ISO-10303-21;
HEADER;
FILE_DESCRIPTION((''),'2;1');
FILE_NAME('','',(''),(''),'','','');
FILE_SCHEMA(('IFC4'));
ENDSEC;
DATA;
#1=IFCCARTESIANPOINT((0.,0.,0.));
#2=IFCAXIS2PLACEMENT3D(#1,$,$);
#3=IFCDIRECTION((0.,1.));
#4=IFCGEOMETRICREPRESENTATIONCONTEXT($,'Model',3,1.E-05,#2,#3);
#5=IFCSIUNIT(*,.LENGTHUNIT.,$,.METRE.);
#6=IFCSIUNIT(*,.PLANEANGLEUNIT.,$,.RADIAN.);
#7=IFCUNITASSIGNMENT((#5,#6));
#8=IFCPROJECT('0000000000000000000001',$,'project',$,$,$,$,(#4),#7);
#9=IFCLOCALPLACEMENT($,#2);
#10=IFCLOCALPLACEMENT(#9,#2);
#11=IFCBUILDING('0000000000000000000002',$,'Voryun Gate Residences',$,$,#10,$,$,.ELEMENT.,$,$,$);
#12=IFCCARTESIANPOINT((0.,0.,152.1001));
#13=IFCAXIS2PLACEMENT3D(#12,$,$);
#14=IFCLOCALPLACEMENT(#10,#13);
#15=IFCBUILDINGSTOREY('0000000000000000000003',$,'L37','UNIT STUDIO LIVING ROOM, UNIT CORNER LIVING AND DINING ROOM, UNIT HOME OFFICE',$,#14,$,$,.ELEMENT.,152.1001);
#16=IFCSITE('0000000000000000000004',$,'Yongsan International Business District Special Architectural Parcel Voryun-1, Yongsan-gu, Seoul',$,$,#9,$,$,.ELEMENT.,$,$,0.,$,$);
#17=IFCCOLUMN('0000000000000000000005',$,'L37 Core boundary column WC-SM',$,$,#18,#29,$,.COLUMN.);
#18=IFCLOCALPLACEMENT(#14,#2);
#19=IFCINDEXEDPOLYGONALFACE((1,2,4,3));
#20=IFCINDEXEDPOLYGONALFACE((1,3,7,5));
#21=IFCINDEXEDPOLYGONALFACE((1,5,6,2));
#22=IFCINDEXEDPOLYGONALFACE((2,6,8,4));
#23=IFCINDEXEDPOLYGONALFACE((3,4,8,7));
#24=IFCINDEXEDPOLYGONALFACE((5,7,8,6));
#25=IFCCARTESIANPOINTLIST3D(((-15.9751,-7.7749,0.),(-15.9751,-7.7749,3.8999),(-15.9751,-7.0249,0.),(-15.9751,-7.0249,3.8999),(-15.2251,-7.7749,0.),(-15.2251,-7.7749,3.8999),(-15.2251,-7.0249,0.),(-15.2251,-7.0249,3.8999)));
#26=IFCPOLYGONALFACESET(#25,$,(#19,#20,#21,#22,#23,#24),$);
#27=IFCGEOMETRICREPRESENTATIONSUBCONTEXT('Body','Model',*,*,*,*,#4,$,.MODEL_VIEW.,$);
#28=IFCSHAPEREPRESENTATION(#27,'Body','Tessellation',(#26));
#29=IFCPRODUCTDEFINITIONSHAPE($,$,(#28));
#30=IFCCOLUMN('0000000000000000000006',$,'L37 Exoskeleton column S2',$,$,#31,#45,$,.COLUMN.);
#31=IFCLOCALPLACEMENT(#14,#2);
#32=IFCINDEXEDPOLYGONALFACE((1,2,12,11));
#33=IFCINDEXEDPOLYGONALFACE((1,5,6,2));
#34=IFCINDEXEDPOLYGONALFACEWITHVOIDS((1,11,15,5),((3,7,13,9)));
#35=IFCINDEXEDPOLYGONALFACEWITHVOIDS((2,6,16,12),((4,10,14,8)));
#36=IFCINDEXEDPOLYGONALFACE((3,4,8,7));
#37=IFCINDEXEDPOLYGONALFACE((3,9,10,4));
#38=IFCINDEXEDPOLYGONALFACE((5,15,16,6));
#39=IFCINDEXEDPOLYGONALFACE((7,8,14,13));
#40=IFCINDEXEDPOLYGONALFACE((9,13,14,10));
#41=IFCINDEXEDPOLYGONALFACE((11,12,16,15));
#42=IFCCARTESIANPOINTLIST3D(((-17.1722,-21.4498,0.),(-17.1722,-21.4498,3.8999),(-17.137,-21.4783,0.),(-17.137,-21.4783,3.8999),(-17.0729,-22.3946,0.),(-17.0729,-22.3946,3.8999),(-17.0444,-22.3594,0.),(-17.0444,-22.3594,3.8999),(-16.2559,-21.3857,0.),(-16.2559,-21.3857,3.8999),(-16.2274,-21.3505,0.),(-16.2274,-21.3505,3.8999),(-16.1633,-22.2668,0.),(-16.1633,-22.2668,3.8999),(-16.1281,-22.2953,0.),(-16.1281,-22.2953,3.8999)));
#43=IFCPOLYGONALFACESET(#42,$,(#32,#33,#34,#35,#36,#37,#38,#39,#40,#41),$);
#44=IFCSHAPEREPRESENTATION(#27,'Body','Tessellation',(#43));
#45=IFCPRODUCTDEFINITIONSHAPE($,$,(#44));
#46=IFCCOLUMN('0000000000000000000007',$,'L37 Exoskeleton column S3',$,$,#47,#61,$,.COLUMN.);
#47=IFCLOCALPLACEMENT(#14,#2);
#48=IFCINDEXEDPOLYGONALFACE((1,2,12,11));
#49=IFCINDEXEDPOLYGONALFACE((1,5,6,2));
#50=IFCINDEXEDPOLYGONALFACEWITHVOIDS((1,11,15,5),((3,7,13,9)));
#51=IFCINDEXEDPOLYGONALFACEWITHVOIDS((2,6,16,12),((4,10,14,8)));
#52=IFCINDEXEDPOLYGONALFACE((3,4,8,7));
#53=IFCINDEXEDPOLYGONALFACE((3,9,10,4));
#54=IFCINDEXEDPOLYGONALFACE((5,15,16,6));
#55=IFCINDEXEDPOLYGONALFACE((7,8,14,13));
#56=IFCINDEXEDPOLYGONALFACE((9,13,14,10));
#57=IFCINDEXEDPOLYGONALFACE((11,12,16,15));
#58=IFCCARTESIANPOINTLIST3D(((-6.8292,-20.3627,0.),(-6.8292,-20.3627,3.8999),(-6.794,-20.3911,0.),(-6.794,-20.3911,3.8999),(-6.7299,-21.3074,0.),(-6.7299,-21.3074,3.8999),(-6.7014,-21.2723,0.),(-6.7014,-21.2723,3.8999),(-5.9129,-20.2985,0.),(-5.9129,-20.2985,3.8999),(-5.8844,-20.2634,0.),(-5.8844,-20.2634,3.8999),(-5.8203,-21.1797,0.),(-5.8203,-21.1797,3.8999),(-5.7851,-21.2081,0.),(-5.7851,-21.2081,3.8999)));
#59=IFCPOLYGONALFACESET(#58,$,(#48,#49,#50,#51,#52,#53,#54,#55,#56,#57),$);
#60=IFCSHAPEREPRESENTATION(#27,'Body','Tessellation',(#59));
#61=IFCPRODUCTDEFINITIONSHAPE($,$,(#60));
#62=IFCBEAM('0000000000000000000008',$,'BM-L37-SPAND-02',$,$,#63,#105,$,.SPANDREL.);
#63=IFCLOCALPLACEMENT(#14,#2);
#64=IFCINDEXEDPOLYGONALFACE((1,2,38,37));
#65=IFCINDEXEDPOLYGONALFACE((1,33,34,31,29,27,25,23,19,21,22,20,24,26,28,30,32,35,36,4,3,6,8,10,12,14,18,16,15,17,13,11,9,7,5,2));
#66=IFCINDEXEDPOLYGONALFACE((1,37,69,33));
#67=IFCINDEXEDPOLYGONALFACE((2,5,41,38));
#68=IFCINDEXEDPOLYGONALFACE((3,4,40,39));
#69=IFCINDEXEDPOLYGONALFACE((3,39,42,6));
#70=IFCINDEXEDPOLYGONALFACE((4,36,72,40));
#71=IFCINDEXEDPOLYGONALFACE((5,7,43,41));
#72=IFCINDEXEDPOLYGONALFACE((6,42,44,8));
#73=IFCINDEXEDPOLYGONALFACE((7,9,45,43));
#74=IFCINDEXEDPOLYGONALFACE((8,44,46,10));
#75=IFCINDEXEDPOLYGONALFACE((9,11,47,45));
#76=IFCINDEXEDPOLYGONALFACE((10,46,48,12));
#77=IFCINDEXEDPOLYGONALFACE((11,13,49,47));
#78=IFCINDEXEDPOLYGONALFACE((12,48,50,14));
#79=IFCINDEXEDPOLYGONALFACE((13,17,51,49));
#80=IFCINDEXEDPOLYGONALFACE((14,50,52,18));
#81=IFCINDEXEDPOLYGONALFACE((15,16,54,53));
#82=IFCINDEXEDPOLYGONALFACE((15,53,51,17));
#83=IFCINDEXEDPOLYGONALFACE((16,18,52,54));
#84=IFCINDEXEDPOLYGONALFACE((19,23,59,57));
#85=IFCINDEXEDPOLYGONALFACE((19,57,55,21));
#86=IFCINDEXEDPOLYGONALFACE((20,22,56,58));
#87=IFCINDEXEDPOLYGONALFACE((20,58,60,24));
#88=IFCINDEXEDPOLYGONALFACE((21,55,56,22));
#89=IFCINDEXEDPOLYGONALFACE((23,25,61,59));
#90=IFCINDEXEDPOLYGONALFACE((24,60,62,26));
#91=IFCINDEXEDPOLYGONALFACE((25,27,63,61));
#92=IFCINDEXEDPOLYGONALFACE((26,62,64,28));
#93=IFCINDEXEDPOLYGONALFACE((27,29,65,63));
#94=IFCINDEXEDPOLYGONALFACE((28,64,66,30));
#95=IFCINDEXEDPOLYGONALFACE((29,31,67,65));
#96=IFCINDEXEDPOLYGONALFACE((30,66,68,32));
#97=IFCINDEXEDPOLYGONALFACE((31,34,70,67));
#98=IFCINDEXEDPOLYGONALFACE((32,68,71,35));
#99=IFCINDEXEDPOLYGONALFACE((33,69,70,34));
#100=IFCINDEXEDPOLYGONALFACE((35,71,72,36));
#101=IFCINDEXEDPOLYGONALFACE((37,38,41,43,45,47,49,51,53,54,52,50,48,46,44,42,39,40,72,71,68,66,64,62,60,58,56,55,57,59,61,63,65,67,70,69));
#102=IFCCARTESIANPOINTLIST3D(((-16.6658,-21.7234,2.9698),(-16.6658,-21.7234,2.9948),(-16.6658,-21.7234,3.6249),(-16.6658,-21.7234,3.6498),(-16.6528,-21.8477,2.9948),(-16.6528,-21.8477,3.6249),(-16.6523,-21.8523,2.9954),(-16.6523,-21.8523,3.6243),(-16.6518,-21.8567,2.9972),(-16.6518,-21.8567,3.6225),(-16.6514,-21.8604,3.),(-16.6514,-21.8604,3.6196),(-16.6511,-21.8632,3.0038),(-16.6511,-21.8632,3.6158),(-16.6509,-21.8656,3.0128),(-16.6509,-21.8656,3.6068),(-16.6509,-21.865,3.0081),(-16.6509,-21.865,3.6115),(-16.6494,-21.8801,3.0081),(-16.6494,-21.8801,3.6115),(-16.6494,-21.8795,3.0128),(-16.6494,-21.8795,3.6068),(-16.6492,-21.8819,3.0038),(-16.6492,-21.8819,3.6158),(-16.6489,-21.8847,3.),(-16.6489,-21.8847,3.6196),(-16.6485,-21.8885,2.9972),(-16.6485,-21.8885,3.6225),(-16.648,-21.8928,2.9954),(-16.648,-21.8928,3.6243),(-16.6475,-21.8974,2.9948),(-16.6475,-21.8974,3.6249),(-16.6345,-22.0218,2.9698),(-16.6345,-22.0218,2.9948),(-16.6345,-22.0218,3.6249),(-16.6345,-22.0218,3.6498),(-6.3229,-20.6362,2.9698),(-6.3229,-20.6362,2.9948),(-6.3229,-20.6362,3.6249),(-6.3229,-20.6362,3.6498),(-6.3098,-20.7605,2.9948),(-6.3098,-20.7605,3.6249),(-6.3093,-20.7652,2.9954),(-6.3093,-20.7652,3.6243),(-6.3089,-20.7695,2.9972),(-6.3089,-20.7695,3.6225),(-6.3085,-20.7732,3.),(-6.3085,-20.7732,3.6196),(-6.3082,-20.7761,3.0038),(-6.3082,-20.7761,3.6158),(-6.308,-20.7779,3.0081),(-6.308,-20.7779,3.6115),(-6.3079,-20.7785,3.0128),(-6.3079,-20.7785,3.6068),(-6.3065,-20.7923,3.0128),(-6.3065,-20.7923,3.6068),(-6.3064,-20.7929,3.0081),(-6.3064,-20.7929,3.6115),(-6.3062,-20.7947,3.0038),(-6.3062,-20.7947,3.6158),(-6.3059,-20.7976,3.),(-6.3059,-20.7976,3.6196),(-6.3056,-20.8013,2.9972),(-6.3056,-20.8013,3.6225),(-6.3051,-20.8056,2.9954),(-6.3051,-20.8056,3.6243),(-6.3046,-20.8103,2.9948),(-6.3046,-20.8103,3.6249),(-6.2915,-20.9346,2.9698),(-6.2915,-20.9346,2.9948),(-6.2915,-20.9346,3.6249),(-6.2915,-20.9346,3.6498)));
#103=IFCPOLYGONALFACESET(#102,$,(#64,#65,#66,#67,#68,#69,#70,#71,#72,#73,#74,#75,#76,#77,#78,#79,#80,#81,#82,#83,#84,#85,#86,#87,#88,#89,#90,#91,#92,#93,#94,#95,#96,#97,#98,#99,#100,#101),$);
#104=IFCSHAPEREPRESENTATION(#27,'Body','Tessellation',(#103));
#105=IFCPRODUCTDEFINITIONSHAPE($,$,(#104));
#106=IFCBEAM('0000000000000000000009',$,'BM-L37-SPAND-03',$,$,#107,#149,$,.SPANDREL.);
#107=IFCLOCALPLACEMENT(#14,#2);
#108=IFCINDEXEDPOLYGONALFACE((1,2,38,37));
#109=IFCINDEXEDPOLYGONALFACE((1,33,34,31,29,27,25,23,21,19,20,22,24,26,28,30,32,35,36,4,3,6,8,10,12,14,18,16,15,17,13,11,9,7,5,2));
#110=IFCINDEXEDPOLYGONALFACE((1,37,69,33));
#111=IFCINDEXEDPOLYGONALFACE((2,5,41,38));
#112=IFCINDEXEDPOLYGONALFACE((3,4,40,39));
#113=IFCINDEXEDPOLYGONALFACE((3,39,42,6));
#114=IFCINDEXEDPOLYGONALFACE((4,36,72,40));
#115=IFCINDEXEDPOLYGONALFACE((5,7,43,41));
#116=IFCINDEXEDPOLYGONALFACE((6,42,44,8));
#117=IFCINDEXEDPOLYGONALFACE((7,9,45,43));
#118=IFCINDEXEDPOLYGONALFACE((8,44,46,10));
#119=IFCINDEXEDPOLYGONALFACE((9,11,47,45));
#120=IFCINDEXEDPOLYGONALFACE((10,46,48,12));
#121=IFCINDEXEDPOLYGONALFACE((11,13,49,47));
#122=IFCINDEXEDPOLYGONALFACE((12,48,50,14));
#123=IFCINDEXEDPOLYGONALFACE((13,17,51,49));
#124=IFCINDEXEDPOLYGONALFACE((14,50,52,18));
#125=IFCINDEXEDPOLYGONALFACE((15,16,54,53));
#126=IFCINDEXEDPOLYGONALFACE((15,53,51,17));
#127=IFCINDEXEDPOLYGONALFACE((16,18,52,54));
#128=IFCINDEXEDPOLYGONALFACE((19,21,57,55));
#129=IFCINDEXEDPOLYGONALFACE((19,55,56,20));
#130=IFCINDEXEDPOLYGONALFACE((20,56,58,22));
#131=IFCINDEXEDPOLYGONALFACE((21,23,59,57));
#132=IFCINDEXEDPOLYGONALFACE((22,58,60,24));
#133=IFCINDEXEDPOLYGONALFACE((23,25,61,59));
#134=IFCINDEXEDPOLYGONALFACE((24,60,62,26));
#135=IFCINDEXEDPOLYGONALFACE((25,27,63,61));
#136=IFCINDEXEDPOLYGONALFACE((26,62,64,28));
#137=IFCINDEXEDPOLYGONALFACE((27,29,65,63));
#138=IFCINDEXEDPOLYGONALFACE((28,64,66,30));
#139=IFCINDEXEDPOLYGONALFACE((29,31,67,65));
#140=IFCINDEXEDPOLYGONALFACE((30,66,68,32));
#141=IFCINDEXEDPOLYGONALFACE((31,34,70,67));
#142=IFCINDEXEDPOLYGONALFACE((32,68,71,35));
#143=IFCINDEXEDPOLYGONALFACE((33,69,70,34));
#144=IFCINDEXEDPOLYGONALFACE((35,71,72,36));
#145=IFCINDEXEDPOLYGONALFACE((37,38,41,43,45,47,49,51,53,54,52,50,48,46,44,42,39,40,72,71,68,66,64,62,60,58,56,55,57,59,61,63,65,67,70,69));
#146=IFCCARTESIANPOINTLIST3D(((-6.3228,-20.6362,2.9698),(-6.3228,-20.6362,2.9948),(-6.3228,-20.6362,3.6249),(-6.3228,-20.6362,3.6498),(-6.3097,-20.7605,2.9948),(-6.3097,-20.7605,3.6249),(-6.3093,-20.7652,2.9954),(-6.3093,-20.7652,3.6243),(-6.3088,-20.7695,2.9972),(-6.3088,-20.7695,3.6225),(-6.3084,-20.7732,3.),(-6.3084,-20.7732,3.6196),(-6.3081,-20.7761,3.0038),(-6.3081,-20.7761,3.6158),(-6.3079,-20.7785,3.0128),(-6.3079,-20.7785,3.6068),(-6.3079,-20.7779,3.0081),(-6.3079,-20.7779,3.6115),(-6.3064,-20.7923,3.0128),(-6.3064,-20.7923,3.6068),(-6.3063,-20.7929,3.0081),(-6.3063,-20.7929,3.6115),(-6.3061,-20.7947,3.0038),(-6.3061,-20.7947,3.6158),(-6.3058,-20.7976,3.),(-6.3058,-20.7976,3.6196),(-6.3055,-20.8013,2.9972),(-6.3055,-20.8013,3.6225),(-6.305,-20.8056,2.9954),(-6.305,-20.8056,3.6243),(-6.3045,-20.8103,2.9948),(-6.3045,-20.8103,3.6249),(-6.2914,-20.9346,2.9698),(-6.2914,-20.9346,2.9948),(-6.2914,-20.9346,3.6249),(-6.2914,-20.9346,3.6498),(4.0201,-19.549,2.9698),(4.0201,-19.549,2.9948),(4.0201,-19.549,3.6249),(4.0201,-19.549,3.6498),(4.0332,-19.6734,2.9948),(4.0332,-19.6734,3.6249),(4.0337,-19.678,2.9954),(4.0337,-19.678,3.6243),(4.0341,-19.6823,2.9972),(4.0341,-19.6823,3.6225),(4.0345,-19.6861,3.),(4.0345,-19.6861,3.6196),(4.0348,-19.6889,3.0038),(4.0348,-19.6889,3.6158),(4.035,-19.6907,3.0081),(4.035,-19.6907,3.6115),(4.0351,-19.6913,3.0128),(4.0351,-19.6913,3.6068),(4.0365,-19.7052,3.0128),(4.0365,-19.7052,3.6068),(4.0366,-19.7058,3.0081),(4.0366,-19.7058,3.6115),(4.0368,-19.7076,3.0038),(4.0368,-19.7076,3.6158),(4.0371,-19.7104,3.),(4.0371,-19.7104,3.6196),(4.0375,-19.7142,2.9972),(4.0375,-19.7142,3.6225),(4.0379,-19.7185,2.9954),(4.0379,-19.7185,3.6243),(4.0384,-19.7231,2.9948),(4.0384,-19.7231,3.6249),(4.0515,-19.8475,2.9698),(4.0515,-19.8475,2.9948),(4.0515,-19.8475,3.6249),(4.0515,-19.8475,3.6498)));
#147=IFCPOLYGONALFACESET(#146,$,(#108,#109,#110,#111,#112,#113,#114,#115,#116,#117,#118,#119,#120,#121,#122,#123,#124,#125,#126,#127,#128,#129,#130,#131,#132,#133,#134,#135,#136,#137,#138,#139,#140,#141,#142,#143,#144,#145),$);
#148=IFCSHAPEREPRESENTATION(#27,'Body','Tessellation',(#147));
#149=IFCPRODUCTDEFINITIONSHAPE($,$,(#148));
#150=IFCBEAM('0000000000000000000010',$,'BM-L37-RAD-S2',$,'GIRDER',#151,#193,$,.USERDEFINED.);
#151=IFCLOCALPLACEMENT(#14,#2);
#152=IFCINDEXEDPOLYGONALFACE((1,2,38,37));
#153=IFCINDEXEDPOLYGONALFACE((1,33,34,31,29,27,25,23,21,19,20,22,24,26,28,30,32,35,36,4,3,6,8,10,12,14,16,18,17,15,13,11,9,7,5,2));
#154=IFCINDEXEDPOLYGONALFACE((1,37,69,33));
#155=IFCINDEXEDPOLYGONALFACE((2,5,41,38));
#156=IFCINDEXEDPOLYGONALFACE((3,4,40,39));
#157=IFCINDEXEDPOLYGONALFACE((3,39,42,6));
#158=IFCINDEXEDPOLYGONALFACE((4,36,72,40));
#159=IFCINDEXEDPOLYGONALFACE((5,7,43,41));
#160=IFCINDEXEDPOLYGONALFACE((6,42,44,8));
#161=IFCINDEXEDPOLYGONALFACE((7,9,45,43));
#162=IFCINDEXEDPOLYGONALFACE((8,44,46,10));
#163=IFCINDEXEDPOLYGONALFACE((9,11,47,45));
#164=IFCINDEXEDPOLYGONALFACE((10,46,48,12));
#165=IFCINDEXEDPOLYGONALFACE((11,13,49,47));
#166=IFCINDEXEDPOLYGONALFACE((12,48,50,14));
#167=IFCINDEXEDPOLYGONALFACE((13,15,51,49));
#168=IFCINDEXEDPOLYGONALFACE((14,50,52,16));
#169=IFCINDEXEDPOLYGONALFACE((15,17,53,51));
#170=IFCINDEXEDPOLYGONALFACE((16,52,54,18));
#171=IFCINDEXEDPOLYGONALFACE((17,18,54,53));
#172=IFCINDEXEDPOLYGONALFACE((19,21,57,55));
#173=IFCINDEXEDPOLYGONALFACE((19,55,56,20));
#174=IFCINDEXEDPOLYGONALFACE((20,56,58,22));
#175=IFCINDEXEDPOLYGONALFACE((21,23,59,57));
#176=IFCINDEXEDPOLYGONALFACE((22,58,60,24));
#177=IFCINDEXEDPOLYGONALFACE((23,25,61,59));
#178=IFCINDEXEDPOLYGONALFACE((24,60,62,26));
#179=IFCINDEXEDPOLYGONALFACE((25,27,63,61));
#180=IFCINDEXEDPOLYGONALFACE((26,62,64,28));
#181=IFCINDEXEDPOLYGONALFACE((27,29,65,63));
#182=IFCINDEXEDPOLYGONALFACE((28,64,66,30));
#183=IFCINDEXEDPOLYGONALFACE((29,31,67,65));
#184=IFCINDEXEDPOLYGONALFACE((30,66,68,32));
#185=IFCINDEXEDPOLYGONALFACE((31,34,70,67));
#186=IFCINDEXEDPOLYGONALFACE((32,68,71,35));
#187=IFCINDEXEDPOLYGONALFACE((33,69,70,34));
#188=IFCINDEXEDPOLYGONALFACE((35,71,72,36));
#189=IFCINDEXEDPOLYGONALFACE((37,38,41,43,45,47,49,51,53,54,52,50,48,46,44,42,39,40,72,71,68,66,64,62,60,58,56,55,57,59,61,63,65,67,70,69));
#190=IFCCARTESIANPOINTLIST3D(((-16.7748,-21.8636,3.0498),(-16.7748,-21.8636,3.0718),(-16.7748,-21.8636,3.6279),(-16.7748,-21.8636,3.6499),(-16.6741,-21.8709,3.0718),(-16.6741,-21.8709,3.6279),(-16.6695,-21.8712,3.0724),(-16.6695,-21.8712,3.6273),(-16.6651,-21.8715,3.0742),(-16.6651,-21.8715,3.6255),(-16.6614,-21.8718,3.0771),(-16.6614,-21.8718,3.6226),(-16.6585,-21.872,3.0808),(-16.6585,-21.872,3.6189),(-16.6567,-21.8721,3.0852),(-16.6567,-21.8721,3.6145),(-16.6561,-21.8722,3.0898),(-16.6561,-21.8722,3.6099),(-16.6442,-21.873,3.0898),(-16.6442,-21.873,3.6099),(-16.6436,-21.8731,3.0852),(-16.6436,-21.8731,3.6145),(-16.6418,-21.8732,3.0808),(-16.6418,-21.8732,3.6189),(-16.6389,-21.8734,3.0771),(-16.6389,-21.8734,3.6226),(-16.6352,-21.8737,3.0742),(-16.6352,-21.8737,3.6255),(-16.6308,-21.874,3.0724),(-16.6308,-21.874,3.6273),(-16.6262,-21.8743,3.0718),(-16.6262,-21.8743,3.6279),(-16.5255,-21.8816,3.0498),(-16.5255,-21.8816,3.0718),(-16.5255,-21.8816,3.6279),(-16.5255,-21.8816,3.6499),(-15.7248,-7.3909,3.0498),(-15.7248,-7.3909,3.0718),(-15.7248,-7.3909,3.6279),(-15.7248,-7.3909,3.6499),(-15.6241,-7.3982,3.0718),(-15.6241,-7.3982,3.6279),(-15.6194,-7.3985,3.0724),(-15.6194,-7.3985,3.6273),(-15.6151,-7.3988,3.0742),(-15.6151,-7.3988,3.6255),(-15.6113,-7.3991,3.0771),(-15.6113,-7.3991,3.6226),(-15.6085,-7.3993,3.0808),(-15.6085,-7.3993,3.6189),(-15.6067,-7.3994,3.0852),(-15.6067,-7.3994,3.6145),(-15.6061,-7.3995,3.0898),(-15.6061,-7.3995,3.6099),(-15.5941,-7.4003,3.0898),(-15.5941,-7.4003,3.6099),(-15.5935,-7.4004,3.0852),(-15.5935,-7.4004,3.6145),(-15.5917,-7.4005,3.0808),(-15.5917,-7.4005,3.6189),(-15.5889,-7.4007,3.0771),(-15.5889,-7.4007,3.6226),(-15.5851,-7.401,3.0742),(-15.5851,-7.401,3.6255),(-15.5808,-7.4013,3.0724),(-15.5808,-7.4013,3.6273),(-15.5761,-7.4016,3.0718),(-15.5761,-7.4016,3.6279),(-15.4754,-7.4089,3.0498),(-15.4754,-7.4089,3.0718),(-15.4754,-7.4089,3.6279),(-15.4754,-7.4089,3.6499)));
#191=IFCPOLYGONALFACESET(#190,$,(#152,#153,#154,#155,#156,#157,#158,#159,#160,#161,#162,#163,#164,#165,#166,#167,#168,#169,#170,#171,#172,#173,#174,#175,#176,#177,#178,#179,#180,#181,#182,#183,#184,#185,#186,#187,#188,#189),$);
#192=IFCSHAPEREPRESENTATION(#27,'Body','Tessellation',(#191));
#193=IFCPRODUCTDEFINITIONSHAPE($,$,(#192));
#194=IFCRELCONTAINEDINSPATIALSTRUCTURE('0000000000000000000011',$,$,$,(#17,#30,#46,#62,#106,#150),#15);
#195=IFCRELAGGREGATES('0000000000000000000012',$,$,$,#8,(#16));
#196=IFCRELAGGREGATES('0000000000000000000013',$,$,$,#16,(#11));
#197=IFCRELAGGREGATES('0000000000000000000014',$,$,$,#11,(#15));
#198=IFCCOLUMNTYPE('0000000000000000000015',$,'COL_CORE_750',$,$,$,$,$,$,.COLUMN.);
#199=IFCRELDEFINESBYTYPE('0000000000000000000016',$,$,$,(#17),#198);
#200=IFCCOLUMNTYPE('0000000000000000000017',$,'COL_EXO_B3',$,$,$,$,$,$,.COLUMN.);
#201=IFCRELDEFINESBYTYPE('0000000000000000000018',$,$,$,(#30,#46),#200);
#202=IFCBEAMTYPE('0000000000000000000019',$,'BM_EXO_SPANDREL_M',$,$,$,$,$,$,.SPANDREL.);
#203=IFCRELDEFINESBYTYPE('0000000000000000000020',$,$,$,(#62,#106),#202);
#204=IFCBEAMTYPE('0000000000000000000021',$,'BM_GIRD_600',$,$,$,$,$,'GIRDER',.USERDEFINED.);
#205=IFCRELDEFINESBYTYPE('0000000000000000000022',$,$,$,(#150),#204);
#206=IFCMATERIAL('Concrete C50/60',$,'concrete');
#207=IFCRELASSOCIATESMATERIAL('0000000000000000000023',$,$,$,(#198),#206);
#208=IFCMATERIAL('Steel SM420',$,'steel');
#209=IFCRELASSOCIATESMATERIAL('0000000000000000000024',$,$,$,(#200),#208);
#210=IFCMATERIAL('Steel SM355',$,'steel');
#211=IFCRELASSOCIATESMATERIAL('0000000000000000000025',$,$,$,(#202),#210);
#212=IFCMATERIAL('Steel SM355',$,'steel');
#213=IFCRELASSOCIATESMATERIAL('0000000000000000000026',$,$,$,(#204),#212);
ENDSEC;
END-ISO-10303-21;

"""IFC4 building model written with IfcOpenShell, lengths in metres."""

from ifc_helpers import new_model, si_unit, direction, frame, origin, origin_2d, place, context, subcontext, project, spatial, rectangle, hollow_rectangle, i_section, extrude, material, material_profile, profile_set, type_object, element, save


model = new_model("IFC4")

# Units and contexts
model_context = context("Model", 3, precision=1e-05, world=origin(), true_north=direction((0.0, 1.0)))
body_context = subcontext(model_context, "Body", "Model", "MODEL_VIEW")
ifc_project = project(units=[si_unit("LENGTHUNIT", "METRE"), si_unit("PLANEANGLEUNIT", "RADIAN")], contexts=[model_context])

# Site, building, storey
site_placement = place(None, origin())
site = spatial("IfcSite", under=ifc_project, at=site_placement, Name="Yongsan International Business District Special Architectural Parcel Voryun-1, Yongsan-gu, Seoul", CompositionType="ELEMENT", RefElevation=0.0)
building_placement = place(site_placement, origin())
building = spatial("IfcBuilding", under=site, at=building_placement, Name="Voryun Gate Residences", CompositionType="ELEMENT")
storey_placement = place(building_placement, frame((0.0, 0.0, 152.1001)))
storey = spatial("IfcBuildingStorey", under=building, at=storey_placement, Name="L37", Description="UNIT STUDIO LIVING ROOM, UNIT CORNER LIVING AND DINING ROOM, UNIT HOME OFFICE", CompositionType="ELEMENT", Elevation=152.1001)

# Columns
ifc_material_1 = material(Name="Concrete C50/60", Category="concrete")
ifc_material_profile_1 = material_profile(ifc_material_1, rectangle(XDim=0.75, YDim=0.75, at=origin_2d()), Name="RC-750x750")
ifc_profile_set_1 = profile_set([ifc_material_profile_1], Name="Concrete C50/60")
column_type_1 = type_object("IfcColumnType", Name="COL_CORE_750", PredefinedType="COLUMN", material=ifc_profile_set_1)
column_placement = place(storey_placement, frame((-15.6001, -7.3999, 0.0), z_axis=(0.0, 0.0, 1.0), x_axis=(1.0, 0.0, 0.0)))
element("IfcColumn", 1, at=column_placement, inside=storey, type_object=column_type_1, Name="L37 Core boundary column WC-SM", PredefinedType="COLUMN", context=body_context, shape_type="SweptSolid", body=[
    extrude(rectangle(XDim=0.75, YDim=0.75, at=origin_2d()), origin(), (0.0, 0.0, 1.0), 3.8999),
])
ifc_material_2 = material(Name="Steel SM420", Category="steel")
ifc_material_profile_2 = material_profile(ifc_material_2, hollow_rectangle(XDim=0.95, YDim=0.95, WallThickness=0.032, at=origin_2d()), Name="BOX-950x950x32")
ifc_profile_set_2 = profile_set([ifc_material_profile_2], Name="Steel SM420")
column_type_2 = type_object("IfcColumnType", Name="COL_EXO_B3", PredefinedType="COLUMN", material=ifc_profile_set_2)
for number, where, z_axis, x_axis, name in (
    (2, (-16.6501, -21.8726, 0.0), (0.0, 0.0, 1.0), (0.994522, 0.104528, 0.0), "L37 Exoskeleton column S2"),
    (3, (-6.3071, -20.7854, 0.0), (0.0, 0.0, 1.0), (0.994522, 0.104528, 0.0), "L37 Exoskeleton column S3"),
):
    element("IfcColumn", number, at=place(storey_placement, frame(where, z_axis=z_axis, x_axis=x_axis)), inside=storey, type_object=column_type_2, Name=name, PredefinedType="COLUMN", context=body_context, shape_type="SweptSolid", body=[
        extrude(hollow_rectangle(XDim=0.95, YDim=0.95, WallThickness=0.032, at=origin_2d()), origin(), (0.0, 0.0, 1.0), 3.8999),
    ])

# Beams
ifc_material_3 = material(Name="Steel SM355", Category="steel")
ifc_material_profile_3 = material_profile(ifc_material_3, i_section(OverallWidth=0.3, OverallDepth=0.6799, WebThickness=0.0139, FlangeThickness=0.0249, FilletRadius=0.0181, at=origin_2d()), Name="H-680x300x14x25")
ifc_profile_set_3 = profile_set([ifc_material_profile_3], Name="Steel SM355")
beam_type_1 = type_object("IfcBeamType", Name="BM_EXO_SPANDREL_M", PredefinedType="SPANDREL", material=ifc_profile_set_3)
for number, where, z_axis, x_axis, name in (
    (4, (-16.6501, -21.8726, 3.3098), (0.994521, 0.104534, 0.0), (-0.104534, 0.994521, 0.0), "BM-L37-SPAND-02"),
    (5, (-6.3071, -20.7854, 3.3098), (0.994521, 0.104534, 0.0), (-0.104534, 0.994521, 0.0), "BM-L37-SPAND-03"),
):
    element("IfcBeam", number, at=place(storey_placement, frame(where, z_axis=z_axis, x_axis=x_axis)), inside=storey, type_object=beam_type_1, Name=name, PredefinedType="SPANDREL", context=body_context, shape_type="SweptSolid", body=[
        extrude(i_section(OverallWidth=0.3, OverallDepth=0.6799, WebThickness=0.0139, FlangeThickness=0.0249, FilletRadius=0.0181, at=origin_2d()), origin(), (0.0, 0.0, 1.0), 10.3999),
    ])
ifc_material_4 = material(Name="Steel SM355", Category="steel")
ifc_material_profile_4 = material_profile(ifc_material_4, i_section(OverallWidth=0.25, OverallDepth=0.6001, WebThickness=0.012, FlangeThickness=0.022, FilletRadius=0.0181, at=origin_2d()), Name="H-600x250x12x22")
ifc_profile_set_4 = profile_set([ifc_material_profile_4], Name="Steel SM355")
beam_type_2 = type_object("IfcBeamType", Name="BM_GIRD_600", ElementType="GIRDER", PredefinedType="USERDEFINED", material=ifc_profile_set_4)
beam_placement = place(storey_placement, frame((-15.6001, -7.3999, 3.3499), z_axis=(-0.072364, -0.997378, 0.0), x_axis=(0.997378, -0.072364, 0.0)))
element("IfcBeam", 6, at=beam_placement, inside=storey, type_object=beam_type_2, Name="BM-L37-RAD-S2", ObjectType="GIRDER", PredefinedType="USERDEFINED", context=body_context, shape_type="SweptSolid", body=[
    extrude(i_section(OverallWidth=0.25, OverallDepth=0.6001, WebThickness=0.012, FlangeThickness=0.022, FilletRadius=0.0181, at=origin_2d()), origin(), (0.0, 0.0, 1.0), 14.5107),
])

save(model, "model.ifc")
